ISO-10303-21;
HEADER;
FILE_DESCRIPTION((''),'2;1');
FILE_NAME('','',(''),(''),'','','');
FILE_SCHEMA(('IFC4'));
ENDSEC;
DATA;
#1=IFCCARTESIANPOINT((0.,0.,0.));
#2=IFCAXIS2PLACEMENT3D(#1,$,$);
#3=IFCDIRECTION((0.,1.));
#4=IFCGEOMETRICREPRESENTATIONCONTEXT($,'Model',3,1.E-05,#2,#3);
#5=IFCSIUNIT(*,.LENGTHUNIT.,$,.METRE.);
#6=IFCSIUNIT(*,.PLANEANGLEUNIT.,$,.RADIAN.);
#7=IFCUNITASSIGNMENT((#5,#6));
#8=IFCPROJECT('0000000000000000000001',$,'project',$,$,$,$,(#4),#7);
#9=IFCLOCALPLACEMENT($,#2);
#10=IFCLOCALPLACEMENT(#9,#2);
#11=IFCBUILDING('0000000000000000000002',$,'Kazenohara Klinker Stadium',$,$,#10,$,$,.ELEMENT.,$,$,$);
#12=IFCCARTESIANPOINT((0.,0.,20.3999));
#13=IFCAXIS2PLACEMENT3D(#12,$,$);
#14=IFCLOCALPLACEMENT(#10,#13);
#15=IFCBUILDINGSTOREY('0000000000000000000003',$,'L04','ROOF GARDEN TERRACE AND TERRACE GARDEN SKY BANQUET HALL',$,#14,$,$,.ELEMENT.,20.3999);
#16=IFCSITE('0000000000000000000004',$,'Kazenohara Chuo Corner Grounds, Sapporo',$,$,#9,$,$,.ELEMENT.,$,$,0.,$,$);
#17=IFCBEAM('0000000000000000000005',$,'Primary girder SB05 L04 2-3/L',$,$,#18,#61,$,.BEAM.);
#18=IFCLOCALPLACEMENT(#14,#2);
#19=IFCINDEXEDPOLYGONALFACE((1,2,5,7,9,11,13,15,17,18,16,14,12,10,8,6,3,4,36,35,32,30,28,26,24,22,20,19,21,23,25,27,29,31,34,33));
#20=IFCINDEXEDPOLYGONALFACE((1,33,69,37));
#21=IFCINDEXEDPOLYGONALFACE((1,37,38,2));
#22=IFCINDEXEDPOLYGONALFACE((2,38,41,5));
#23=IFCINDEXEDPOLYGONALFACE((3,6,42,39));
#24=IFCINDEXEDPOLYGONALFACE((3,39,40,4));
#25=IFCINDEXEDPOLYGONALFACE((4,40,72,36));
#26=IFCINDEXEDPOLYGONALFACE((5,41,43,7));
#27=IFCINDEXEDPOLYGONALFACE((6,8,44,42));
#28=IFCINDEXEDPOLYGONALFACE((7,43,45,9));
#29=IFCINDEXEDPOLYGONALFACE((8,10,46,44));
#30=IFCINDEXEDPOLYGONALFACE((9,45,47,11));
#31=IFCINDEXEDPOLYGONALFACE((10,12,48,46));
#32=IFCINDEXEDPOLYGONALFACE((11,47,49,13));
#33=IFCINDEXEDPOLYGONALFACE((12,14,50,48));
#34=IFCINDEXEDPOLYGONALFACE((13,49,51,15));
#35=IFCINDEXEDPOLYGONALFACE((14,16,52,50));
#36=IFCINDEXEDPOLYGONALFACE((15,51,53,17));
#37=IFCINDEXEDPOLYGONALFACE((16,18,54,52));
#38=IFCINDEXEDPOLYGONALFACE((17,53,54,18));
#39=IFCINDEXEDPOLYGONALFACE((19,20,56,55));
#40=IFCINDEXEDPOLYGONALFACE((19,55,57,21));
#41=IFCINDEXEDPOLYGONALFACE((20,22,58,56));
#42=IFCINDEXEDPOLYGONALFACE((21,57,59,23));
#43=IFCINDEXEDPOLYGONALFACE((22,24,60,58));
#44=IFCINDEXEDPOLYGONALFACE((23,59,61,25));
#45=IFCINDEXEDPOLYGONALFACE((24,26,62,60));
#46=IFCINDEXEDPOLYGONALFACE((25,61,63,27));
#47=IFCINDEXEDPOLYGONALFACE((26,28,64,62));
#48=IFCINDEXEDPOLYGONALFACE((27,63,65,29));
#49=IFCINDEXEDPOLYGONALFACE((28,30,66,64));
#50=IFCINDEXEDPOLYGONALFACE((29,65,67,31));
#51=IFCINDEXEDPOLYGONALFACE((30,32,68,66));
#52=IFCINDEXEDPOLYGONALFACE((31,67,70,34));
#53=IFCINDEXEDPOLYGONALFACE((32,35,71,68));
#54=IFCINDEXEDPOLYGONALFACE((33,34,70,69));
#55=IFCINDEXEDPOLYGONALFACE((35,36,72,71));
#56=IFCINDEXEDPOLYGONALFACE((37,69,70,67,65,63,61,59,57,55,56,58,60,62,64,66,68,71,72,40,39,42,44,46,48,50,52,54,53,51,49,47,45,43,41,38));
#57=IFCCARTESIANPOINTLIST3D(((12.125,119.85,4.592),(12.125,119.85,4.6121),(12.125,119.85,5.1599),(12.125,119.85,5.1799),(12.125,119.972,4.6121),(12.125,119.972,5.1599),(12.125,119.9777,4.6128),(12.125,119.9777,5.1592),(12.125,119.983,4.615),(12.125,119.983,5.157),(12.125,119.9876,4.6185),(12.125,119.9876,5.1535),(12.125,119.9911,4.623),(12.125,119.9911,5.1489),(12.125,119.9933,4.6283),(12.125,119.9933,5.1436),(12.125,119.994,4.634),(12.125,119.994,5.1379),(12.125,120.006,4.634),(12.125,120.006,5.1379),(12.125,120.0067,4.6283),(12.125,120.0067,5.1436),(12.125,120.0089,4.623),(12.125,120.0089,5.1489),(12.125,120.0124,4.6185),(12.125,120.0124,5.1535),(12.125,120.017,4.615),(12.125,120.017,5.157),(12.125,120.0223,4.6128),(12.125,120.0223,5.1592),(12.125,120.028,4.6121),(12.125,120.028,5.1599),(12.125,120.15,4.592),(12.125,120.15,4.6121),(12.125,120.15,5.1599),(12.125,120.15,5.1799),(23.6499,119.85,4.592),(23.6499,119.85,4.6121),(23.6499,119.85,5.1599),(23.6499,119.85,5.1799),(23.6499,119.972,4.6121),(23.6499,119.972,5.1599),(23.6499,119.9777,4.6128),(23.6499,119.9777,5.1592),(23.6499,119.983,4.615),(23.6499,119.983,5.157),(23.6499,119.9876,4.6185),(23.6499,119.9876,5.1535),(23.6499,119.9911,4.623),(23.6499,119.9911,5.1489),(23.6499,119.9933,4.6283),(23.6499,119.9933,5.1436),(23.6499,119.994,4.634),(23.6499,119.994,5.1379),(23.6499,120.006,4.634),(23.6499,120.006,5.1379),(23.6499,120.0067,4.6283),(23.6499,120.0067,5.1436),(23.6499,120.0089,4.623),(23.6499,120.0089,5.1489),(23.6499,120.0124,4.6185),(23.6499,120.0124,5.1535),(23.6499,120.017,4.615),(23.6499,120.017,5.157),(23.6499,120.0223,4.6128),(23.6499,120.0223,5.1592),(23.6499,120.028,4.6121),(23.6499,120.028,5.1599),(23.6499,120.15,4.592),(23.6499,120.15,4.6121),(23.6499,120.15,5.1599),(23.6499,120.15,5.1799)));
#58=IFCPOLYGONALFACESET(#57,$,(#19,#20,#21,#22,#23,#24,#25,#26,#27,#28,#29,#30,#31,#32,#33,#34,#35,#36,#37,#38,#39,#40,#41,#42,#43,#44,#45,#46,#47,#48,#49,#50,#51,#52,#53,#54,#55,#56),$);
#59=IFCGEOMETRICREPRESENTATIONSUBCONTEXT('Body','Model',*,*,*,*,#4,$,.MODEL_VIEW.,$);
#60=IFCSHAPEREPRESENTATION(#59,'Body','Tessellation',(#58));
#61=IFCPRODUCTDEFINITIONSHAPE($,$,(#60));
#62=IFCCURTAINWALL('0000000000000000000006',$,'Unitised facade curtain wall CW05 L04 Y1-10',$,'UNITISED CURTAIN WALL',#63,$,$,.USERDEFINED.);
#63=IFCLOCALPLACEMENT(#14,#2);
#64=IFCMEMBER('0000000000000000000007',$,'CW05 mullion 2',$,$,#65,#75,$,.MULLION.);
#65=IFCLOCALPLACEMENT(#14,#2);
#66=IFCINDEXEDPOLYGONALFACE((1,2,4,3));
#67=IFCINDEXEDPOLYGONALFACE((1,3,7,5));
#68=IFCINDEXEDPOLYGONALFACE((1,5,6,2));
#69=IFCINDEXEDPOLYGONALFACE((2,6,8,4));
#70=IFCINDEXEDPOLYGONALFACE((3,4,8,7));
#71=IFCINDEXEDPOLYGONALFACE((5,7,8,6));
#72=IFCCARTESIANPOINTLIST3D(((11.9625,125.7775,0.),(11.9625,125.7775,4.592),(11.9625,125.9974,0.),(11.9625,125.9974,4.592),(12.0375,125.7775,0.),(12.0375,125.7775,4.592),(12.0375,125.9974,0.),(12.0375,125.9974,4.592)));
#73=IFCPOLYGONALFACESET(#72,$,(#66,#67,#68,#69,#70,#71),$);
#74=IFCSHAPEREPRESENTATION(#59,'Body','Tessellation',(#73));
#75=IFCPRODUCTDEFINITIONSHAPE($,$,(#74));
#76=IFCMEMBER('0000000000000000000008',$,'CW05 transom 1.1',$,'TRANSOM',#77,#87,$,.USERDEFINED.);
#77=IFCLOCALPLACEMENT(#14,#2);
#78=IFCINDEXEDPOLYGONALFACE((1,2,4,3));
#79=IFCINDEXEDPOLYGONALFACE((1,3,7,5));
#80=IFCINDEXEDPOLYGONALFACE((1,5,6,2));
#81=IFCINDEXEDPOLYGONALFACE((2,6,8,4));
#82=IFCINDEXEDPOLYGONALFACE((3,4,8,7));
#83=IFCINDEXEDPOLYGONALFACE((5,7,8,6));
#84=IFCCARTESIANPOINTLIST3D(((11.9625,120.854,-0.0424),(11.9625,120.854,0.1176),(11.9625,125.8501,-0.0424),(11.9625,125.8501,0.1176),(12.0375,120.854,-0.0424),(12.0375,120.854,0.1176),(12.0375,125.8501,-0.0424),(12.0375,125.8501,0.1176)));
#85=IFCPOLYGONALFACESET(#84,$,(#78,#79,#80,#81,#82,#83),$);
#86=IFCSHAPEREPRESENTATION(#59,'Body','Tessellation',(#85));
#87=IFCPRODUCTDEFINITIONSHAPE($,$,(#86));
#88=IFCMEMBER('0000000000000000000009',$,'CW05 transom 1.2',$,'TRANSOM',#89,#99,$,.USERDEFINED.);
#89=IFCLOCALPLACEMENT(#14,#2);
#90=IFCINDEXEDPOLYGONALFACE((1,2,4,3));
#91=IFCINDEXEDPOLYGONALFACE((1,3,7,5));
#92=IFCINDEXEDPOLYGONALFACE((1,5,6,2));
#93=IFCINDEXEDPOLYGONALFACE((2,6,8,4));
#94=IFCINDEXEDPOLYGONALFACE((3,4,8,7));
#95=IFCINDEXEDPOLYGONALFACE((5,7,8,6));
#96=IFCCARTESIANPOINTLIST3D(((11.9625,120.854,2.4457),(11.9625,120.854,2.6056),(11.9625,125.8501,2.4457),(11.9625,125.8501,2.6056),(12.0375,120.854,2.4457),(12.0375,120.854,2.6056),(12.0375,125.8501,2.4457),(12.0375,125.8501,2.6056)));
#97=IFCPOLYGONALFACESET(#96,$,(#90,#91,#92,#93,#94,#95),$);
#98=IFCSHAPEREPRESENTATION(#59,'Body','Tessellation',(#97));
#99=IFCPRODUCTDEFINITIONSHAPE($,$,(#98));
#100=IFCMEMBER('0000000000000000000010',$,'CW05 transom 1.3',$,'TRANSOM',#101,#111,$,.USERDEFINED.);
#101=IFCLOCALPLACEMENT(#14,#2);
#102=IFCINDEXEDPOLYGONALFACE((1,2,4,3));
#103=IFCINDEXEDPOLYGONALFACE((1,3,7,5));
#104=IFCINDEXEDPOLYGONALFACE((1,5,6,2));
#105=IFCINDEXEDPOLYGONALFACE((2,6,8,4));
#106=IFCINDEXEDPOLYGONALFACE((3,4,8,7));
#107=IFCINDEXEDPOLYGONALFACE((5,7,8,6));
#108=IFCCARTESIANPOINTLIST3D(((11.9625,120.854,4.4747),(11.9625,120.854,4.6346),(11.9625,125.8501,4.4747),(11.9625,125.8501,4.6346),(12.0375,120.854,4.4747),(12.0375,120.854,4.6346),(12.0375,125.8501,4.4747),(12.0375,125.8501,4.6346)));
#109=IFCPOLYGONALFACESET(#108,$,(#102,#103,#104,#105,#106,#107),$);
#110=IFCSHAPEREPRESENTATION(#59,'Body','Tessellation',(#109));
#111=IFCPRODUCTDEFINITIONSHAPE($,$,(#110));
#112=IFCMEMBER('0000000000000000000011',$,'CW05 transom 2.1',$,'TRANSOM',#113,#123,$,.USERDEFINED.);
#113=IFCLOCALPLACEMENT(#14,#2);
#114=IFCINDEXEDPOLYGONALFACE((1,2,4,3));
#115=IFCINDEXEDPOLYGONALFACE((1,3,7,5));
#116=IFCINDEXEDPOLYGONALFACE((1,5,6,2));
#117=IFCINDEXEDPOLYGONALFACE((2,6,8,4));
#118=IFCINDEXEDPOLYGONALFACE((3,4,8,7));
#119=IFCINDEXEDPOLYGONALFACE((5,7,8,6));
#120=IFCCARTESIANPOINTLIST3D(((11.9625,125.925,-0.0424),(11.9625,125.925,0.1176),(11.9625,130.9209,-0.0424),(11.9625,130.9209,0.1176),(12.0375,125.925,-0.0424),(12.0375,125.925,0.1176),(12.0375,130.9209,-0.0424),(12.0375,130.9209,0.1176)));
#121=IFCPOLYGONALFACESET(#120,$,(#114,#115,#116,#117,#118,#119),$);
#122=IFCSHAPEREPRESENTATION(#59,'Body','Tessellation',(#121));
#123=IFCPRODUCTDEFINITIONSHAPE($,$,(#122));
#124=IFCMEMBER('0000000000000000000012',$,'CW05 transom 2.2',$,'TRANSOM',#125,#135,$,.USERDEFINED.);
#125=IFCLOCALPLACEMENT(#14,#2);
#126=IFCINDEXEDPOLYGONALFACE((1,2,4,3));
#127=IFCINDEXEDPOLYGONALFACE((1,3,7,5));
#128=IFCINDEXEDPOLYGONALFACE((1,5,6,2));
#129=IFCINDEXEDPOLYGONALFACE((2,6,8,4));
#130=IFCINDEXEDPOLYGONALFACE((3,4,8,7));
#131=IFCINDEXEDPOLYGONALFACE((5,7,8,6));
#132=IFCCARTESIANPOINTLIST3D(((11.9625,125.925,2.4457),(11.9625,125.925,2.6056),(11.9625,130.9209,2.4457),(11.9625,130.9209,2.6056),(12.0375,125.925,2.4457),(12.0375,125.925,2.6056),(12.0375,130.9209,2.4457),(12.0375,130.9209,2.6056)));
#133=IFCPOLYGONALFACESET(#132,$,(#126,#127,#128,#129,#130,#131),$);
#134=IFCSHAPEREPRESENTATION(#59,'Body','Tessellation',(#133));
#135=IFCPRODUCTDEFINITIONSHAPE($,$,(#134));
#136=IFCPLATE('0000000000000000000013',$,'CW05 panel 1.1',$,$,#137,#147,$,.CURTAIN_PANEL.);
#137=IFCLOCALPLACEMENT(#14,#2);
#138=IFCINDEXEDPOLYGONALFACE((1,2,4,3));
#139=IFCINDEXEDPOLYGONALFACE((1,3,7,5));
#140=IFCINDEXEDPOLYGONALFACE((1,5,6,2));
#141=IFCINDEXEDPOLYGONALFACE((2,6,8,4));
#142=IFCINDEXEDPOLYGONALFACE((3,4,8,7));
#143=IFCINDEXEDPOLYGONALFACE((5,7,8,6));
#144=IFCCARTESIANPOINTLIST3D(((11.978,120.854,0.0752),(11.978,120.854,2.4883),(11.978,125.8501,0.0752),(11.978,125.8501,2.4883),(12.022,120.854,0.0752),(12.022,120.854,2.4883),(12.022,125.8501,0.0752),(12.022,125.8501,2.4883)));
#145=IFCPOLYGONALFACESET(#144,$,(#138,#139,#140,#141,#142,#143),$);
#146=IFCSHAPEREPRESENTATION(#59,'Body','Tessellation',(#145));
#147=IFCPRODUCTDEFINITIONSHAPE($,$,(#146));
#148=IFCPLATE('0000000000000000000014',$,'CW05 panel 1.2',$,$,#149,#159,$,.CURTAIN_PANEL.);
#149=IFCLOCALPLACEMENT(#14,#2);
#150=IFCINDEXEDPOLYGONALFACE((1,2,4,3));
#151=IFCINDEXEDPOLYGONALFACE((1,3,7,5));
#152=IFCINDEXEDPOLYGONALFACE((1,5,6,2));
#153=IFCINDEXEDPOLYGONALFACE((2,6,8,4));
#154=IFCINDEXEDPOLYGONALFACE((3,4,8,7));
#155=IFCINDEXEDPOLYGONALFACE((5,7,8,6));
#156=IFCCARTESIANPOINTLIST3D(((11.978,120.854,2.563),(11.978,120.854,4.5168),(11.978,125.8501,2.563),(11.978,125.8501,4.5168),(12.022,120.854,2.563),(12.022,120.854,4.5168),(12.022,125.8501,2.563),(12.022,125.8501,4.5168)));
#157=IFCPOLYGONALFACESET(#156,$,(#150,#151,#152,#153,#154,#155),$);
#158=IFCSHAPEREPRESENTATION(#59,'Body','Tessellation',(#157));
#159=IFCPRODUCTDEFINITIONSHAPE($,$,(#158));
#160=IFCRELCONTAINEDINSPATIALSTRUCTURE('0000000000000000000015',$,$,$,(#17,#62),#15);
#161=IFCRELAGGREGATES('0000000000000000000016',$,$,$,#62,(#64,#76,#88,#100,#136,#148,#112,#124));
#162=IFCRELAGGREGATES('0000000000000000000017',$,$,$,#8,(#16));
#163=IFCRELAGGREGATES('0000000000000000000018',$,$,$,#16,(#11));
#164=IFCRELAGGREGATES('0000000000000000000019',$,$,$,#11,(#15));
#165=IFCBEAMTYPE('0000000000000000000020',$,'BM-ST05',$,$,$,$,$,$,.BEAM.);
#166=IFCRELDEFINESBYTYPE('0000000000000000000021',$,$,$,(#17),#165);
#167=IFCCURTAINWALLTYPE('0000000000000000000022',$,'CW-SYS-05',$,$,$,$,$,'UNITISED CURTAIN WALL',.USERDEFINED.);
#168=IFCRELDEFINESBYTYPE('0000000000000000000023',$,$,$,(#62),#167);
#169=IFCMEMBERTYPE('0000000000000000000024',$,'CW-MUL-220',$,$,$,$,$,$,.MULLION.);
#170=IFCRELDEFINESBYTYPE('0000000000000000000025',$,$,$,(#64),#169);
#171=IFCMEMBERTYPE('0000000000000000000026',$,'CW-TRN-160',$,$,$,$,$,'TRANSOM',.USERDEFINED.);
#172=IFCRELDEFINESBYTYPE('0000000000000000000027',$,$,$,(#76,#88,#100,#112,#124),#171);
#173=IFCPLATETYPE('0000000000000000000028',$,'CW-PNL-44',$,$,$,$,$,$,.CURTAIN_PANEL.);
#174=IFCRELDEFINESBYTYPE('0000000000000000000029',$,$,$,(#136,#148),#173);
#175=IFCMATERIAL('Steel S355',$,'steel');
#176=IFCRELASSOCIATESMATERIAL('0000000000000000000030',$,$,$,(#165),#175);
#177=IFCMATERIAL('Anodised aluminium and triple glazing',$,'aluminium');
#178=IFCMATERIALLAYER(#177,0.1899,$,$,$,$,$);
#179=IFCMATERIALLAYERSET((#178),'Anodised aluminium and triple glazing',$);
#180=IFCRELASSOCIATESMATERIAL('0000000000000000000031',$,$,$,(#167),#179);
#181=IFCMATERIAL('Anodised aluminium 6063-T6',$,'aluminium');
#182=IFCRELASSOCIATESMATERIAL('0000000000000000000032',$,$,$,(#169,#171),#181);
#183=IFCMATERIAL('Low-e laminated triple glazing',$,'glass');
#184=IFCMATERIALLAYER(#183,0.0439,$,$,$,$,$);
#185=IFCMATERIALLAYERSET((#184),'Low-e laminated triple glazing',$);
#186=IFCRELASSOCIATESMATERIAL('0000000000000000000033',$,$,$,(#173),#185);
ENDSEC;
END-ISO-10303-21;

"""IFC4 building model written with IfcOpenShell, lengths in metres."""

from ifc_helpers import new_model, si_unit, direction, frame, origin, origin_2d, place, context, subcontext, project, spatial, rectangle, i_section, extrude, material, layer, layer_set, material_profile, profile_set, type_object, element, aggregate, save


model = new_model("IFC4")

# Units and contexts
model_context = context("Model", 3, precision=1e-05, world=origin(), true_north=direction((0.0, 1.0)))
body_context = subcontext(model_context, "Body", "Model", "MODEL_VIEW")
ifc_project = project(units=[si_unit("LENGTHUNIT", "METRE"), si_unit("PLANEANGLEUNIT", "RADIAN")], contexts=[model_context])

# Site, building, storey
site_placement = place(None, origin())
site = spatial("IfcSite", under=ifc_project, at=site_placement, Name="Kazenohara Chuo Corner Grounds, Sapporo", CompositionType="ELEMENT", RefElevation=0.0)
building_placement = place(site_placement, origin())
building = spatial("IfcBuilding", under=site, at=building_placement, Name="Kazenohara Klinker Stadium", CompositionType="ELEMENT")
storey_placement = place(building_placement, frame((0.0, 0.0, 20.3999)))
storey = spatial("IfcBuildingStorey", under=building, at=storey_placement, Name="L04", Description="ROOF GARDEN TERRACE AND TERRACE GARDEN SKY BANQUET HALL", CompositionType="ELEMENT", Elevation=20.3999)

# Beam
ifc_material_1 = material(Name="Steel S355", Category="steel")
ifc_material_profile_1 = material_profile(ifc_material_1, i_section(OverallWidth=0.3, OverallDepth=0.5879, WebThickness=0.012, FlangeThickness=0.02, FilletRadius=0.022, at=origin_2d()), Name="H-588x300x12x20")
ifc_profile_set_1 = profile_set([ifc_material_profile_1], Name="Steel S355")
beam_type_1 = type_object("IfcBeamType", Name="BM-ST05", PredefinedType="BEAM", material=ifc_profile_set_1)
beam_1_placement = place(storey_placement, frame((12.125, 120.0, 4.886), z_axis=(1.0, 0.0, 0.0), x_axis=(0.0, 1.0, 0.0)))
element("IfcBeam", 1, at=beam_1_placement, inside=storey, type_object=beam_type_1, Name="Primary girder SB05 L04 2-3/L", PredefinedType="BEAM", context=body_context, shape_type="SweptSolid", body=[
    extrude(i_section(OverallWidth=0.3, OverallDepth=0.5879, WebThickness=0.012, FlangeThickness=0.02, FilletRadius=0.022, at=origin_2d()), origin(), (0.0, 0.0, 1.0), 11.5249),
])

# Curtain wall, members, plates
ifc_material_2 = material(Name="Anodised aluminium and triple glazing", Category="aluminium")
ifc_layer_1 = layer(ifc_material_2, 0.1899)
ifc_layer_set_1 = layer_set([ifc_layer_1], Name="Anodised aluminium and triple glazing")
curtain_wall_type = type_object("IfcCurtainWallType", Name="CW-SYS-05", ElementType="UNITISED CURTAIN WALL", PredefinedType="USERDEFINED", material=ifc_layer_set_1)
curtain_wall_placement = place(storey_placement, origin())
curtain_wall = element("IfcCurtainWall", 2, at=curtain_wall_placement, inside=storey, type_object=curtain_wall_type, Name="Unitised facade curtain wall CW05 L04 Y1-10", ObjectType="UNITISED CURTAIN WALL", PredefinedType="USERDEFINED")
ifc_material_3 = material(Name="Anodised aluminium 6063-T6", Category="aluminium")
ifc_material_profile_2 = material_profile(ifc_material_3, rectangle(XDim=0.075, YDim=0.22, at=origin_2d()), Name="ALU-MUL-75x220")
ifc_profile_set_2 = profile_set([ifc_material_profile_2], Name="Anodised aluminium 6063-T6")
member_type_1 = type_object("IfcMemberType", Name="CW-MUL-220", PredefinedType="MULLION", material=ifc_profile_set_2)
member_1_placement = place(storey_placement, frame((12.0, 125.8875, 0.0), z_axis=(0.0, 0.0, 1.0), x_axis=(-1.0, 0.0, 0.0)))
member_1 = element("IfcMember", 3, at=member_1_placement, type_object=member_type_1, Name="CW05 mullion 2", PredefinedType="MULLION", context=body_context, shape_type="SweptSolid", body=[
    extrude(rectangle(XDim=0.075, YDim=0.22, at=origin_2d()), origin(), (0.0, 0.0, 1.0), 4.592),
])
ifc_material_profile_3 = material_profile(ifc_material_3, rectangle(XDim=0.075, YDim=0.1599, at=origin_2d()), Name="ALU-TRN-75x160")
ifc_profile_set_3 = profile_set([ifc_material_profile_3], Name="Anodised aluminium 6063-T6")
member_type_2 = type_object("IfcMemberType", Name="CW-TRN-160", ElementType="TRANSOM", PredefinedType="USERDEFINED", material=ifc_profile_set_3)
member_2_placement = place(storey_placement, frame((12.0, 120.854, 0.0376), z_axis=(0.0, 1.0, 0.0), x_axis=(-1.0, 0.0, 0.0)))
member_2 = element("IfcMember", 4, at=member_2_placement, type_object=member_type_2, Name="CW05 transom 1.1", ObjectType="TRANSOM", PredefinedType="USERDEFINED", context=body_context, shape_type="SweptSolid", body=[
    extrude(rectangle(XDim=0.075, YDim=0.1599, at=origin_2d()), origin(), (0.0, 0.0, 1.0), 4.9961),
])
member_3_placement = place(storey_placement, frame((12.0, 120.854, 2.5256), z_axis=(0.0, 1.0, 0.0), x_axis=(-1.0, 0.0, 0.0)))
member_3 = element("IfcMember", 5, at=member_3_placement, type_object=member_type_2, Name="CW05 transom 1.2", ObjectType="TRANSOM", PredefinedType="USERDEFINED", context=body_context, shape_type="SweptSolid", body=[
    extrude(rectangle(XDim=0.075, YDim=0.1599, at=origin_2d()), origin(), (0.0, 0.0, 1.0), 4.9961),
])
member_4_placement = place(storey_placement, frame((12.0, 120.854, 4.5547), z_axis=(0.0, 1.0, 0.0), x_axis=(-1.0, 0.0, 0.0)))
member_4 = element("IfcMember", 6, at=member_4_placement, type_object=member_type_2, Name="CW05 transom 1.3", ObjectType="TRANSOM", PredefinedType="USERDEFINED", context=body_context, shape_type="SweptSolid", body=[
    extrude(rectangle(XDim=0.075, YDim=0.1599, at=origin_2d()), origin(), (0.0, 0.0, 1.0), 4.9961),
])
member_5_placement = place(storey_placement, frame((12.0, 125.925, 0.0376), z_axis=(0.0, 1.0, 0.0), x_axis=(-1.0, 0.0, 0.0)))
member_5 = element("IfcMember", 7, at=member_5_placement, type_object=member_type_2, Name="CW05 transom 2.1", ObjectType="TRANSOM", PredefinedType="USERDEFINED", context=body_context, shape_type="SweptSolid", body=[
    extrude(rectangle(XDim=0.075, YDim=0.1599, at=origin_2d()), origin(), (0.0, 0.0, 1.0), 4.9958),
])
member_6_placement = place(storey_placement, frame((12.0, 125.925, 2.5256), z_axis=(0.0, 1.0, 0.0), x_axis=(-1.0, 0.0, 0.0)))
member_6 = element("IfcMember", 8, at=member_6_placement, type_object=member_type_2, Name="CW05 transom 2.2", ObjectType="TRANSOM", PredefinedType="USERDEFINED", context=body_context, shape_type="SweptSolid", body=[
    extrude(rectangle(XDim=0.075, YDim=0.1599, at=origin_2d()), origin(), (0.0, 0.0, 1.0), 4.9958),
])
ifc_material_4 = material(Name="Low-e laminated triple glazing", Category="glass")
ifc_layer_2 = layer(ifc_material_4, 0.0439)
ifc_layer_set_2 = layer_set([ifc_layer_2], Name="Low-e laminated triple glazing")
plate_type = type_object("IfcPlateType", Name="CW-PNL-44", PredefinedType="CURTAIN_PANEL", material=ifc_layer_set_2)
plate_1_placement = place(storey_placement, frame((12.0, 123.3521, 0.0752), z_axis=(0.0, 0.0, 1.0), x_axis=(0.0, 1.0, 0.0)))
plate_1 = element("IfcPlate", 9, at=plate_1_placement, type_object=plate_type, Name="CW05 panel 1.1", PredefinedType="CURTAIN_PANEL", context=body_context, shape_type="SweptSolid", body=[
    extrude(rectangle(XDim=4.9961, YDim=0.0439, at=origin_2d()), origin(), (0.0, 0.0, 1.0), 2.4131),
])
plate_2_placement = place(storey_placement, frame((12.0, 123.3521, 2.563), z_axis=(0.0, 0.0, 1.0), x_axis=(0.0, 1.0, 0.0)))
plate_2 = element("IfcPlate", 10, at=plate_2_placement, type_object=plate_type, Name="CW05 panel 1.2", PredefinedType="CURTAIN_PANEL", context=body_context, shape_type="SweptSolid", body=[
    extrude(rectangle(XDim=4.9961, YDim=0.0439, at=origin_2d()), origin(), (0.0, 0.0, 1.0), 1.9539),
])
aggregate(curtain_wall, [member_1, member_2, member_3, member_4, plate_1, plate_2, member_5, member_6])

save(model, "model.ifc")
